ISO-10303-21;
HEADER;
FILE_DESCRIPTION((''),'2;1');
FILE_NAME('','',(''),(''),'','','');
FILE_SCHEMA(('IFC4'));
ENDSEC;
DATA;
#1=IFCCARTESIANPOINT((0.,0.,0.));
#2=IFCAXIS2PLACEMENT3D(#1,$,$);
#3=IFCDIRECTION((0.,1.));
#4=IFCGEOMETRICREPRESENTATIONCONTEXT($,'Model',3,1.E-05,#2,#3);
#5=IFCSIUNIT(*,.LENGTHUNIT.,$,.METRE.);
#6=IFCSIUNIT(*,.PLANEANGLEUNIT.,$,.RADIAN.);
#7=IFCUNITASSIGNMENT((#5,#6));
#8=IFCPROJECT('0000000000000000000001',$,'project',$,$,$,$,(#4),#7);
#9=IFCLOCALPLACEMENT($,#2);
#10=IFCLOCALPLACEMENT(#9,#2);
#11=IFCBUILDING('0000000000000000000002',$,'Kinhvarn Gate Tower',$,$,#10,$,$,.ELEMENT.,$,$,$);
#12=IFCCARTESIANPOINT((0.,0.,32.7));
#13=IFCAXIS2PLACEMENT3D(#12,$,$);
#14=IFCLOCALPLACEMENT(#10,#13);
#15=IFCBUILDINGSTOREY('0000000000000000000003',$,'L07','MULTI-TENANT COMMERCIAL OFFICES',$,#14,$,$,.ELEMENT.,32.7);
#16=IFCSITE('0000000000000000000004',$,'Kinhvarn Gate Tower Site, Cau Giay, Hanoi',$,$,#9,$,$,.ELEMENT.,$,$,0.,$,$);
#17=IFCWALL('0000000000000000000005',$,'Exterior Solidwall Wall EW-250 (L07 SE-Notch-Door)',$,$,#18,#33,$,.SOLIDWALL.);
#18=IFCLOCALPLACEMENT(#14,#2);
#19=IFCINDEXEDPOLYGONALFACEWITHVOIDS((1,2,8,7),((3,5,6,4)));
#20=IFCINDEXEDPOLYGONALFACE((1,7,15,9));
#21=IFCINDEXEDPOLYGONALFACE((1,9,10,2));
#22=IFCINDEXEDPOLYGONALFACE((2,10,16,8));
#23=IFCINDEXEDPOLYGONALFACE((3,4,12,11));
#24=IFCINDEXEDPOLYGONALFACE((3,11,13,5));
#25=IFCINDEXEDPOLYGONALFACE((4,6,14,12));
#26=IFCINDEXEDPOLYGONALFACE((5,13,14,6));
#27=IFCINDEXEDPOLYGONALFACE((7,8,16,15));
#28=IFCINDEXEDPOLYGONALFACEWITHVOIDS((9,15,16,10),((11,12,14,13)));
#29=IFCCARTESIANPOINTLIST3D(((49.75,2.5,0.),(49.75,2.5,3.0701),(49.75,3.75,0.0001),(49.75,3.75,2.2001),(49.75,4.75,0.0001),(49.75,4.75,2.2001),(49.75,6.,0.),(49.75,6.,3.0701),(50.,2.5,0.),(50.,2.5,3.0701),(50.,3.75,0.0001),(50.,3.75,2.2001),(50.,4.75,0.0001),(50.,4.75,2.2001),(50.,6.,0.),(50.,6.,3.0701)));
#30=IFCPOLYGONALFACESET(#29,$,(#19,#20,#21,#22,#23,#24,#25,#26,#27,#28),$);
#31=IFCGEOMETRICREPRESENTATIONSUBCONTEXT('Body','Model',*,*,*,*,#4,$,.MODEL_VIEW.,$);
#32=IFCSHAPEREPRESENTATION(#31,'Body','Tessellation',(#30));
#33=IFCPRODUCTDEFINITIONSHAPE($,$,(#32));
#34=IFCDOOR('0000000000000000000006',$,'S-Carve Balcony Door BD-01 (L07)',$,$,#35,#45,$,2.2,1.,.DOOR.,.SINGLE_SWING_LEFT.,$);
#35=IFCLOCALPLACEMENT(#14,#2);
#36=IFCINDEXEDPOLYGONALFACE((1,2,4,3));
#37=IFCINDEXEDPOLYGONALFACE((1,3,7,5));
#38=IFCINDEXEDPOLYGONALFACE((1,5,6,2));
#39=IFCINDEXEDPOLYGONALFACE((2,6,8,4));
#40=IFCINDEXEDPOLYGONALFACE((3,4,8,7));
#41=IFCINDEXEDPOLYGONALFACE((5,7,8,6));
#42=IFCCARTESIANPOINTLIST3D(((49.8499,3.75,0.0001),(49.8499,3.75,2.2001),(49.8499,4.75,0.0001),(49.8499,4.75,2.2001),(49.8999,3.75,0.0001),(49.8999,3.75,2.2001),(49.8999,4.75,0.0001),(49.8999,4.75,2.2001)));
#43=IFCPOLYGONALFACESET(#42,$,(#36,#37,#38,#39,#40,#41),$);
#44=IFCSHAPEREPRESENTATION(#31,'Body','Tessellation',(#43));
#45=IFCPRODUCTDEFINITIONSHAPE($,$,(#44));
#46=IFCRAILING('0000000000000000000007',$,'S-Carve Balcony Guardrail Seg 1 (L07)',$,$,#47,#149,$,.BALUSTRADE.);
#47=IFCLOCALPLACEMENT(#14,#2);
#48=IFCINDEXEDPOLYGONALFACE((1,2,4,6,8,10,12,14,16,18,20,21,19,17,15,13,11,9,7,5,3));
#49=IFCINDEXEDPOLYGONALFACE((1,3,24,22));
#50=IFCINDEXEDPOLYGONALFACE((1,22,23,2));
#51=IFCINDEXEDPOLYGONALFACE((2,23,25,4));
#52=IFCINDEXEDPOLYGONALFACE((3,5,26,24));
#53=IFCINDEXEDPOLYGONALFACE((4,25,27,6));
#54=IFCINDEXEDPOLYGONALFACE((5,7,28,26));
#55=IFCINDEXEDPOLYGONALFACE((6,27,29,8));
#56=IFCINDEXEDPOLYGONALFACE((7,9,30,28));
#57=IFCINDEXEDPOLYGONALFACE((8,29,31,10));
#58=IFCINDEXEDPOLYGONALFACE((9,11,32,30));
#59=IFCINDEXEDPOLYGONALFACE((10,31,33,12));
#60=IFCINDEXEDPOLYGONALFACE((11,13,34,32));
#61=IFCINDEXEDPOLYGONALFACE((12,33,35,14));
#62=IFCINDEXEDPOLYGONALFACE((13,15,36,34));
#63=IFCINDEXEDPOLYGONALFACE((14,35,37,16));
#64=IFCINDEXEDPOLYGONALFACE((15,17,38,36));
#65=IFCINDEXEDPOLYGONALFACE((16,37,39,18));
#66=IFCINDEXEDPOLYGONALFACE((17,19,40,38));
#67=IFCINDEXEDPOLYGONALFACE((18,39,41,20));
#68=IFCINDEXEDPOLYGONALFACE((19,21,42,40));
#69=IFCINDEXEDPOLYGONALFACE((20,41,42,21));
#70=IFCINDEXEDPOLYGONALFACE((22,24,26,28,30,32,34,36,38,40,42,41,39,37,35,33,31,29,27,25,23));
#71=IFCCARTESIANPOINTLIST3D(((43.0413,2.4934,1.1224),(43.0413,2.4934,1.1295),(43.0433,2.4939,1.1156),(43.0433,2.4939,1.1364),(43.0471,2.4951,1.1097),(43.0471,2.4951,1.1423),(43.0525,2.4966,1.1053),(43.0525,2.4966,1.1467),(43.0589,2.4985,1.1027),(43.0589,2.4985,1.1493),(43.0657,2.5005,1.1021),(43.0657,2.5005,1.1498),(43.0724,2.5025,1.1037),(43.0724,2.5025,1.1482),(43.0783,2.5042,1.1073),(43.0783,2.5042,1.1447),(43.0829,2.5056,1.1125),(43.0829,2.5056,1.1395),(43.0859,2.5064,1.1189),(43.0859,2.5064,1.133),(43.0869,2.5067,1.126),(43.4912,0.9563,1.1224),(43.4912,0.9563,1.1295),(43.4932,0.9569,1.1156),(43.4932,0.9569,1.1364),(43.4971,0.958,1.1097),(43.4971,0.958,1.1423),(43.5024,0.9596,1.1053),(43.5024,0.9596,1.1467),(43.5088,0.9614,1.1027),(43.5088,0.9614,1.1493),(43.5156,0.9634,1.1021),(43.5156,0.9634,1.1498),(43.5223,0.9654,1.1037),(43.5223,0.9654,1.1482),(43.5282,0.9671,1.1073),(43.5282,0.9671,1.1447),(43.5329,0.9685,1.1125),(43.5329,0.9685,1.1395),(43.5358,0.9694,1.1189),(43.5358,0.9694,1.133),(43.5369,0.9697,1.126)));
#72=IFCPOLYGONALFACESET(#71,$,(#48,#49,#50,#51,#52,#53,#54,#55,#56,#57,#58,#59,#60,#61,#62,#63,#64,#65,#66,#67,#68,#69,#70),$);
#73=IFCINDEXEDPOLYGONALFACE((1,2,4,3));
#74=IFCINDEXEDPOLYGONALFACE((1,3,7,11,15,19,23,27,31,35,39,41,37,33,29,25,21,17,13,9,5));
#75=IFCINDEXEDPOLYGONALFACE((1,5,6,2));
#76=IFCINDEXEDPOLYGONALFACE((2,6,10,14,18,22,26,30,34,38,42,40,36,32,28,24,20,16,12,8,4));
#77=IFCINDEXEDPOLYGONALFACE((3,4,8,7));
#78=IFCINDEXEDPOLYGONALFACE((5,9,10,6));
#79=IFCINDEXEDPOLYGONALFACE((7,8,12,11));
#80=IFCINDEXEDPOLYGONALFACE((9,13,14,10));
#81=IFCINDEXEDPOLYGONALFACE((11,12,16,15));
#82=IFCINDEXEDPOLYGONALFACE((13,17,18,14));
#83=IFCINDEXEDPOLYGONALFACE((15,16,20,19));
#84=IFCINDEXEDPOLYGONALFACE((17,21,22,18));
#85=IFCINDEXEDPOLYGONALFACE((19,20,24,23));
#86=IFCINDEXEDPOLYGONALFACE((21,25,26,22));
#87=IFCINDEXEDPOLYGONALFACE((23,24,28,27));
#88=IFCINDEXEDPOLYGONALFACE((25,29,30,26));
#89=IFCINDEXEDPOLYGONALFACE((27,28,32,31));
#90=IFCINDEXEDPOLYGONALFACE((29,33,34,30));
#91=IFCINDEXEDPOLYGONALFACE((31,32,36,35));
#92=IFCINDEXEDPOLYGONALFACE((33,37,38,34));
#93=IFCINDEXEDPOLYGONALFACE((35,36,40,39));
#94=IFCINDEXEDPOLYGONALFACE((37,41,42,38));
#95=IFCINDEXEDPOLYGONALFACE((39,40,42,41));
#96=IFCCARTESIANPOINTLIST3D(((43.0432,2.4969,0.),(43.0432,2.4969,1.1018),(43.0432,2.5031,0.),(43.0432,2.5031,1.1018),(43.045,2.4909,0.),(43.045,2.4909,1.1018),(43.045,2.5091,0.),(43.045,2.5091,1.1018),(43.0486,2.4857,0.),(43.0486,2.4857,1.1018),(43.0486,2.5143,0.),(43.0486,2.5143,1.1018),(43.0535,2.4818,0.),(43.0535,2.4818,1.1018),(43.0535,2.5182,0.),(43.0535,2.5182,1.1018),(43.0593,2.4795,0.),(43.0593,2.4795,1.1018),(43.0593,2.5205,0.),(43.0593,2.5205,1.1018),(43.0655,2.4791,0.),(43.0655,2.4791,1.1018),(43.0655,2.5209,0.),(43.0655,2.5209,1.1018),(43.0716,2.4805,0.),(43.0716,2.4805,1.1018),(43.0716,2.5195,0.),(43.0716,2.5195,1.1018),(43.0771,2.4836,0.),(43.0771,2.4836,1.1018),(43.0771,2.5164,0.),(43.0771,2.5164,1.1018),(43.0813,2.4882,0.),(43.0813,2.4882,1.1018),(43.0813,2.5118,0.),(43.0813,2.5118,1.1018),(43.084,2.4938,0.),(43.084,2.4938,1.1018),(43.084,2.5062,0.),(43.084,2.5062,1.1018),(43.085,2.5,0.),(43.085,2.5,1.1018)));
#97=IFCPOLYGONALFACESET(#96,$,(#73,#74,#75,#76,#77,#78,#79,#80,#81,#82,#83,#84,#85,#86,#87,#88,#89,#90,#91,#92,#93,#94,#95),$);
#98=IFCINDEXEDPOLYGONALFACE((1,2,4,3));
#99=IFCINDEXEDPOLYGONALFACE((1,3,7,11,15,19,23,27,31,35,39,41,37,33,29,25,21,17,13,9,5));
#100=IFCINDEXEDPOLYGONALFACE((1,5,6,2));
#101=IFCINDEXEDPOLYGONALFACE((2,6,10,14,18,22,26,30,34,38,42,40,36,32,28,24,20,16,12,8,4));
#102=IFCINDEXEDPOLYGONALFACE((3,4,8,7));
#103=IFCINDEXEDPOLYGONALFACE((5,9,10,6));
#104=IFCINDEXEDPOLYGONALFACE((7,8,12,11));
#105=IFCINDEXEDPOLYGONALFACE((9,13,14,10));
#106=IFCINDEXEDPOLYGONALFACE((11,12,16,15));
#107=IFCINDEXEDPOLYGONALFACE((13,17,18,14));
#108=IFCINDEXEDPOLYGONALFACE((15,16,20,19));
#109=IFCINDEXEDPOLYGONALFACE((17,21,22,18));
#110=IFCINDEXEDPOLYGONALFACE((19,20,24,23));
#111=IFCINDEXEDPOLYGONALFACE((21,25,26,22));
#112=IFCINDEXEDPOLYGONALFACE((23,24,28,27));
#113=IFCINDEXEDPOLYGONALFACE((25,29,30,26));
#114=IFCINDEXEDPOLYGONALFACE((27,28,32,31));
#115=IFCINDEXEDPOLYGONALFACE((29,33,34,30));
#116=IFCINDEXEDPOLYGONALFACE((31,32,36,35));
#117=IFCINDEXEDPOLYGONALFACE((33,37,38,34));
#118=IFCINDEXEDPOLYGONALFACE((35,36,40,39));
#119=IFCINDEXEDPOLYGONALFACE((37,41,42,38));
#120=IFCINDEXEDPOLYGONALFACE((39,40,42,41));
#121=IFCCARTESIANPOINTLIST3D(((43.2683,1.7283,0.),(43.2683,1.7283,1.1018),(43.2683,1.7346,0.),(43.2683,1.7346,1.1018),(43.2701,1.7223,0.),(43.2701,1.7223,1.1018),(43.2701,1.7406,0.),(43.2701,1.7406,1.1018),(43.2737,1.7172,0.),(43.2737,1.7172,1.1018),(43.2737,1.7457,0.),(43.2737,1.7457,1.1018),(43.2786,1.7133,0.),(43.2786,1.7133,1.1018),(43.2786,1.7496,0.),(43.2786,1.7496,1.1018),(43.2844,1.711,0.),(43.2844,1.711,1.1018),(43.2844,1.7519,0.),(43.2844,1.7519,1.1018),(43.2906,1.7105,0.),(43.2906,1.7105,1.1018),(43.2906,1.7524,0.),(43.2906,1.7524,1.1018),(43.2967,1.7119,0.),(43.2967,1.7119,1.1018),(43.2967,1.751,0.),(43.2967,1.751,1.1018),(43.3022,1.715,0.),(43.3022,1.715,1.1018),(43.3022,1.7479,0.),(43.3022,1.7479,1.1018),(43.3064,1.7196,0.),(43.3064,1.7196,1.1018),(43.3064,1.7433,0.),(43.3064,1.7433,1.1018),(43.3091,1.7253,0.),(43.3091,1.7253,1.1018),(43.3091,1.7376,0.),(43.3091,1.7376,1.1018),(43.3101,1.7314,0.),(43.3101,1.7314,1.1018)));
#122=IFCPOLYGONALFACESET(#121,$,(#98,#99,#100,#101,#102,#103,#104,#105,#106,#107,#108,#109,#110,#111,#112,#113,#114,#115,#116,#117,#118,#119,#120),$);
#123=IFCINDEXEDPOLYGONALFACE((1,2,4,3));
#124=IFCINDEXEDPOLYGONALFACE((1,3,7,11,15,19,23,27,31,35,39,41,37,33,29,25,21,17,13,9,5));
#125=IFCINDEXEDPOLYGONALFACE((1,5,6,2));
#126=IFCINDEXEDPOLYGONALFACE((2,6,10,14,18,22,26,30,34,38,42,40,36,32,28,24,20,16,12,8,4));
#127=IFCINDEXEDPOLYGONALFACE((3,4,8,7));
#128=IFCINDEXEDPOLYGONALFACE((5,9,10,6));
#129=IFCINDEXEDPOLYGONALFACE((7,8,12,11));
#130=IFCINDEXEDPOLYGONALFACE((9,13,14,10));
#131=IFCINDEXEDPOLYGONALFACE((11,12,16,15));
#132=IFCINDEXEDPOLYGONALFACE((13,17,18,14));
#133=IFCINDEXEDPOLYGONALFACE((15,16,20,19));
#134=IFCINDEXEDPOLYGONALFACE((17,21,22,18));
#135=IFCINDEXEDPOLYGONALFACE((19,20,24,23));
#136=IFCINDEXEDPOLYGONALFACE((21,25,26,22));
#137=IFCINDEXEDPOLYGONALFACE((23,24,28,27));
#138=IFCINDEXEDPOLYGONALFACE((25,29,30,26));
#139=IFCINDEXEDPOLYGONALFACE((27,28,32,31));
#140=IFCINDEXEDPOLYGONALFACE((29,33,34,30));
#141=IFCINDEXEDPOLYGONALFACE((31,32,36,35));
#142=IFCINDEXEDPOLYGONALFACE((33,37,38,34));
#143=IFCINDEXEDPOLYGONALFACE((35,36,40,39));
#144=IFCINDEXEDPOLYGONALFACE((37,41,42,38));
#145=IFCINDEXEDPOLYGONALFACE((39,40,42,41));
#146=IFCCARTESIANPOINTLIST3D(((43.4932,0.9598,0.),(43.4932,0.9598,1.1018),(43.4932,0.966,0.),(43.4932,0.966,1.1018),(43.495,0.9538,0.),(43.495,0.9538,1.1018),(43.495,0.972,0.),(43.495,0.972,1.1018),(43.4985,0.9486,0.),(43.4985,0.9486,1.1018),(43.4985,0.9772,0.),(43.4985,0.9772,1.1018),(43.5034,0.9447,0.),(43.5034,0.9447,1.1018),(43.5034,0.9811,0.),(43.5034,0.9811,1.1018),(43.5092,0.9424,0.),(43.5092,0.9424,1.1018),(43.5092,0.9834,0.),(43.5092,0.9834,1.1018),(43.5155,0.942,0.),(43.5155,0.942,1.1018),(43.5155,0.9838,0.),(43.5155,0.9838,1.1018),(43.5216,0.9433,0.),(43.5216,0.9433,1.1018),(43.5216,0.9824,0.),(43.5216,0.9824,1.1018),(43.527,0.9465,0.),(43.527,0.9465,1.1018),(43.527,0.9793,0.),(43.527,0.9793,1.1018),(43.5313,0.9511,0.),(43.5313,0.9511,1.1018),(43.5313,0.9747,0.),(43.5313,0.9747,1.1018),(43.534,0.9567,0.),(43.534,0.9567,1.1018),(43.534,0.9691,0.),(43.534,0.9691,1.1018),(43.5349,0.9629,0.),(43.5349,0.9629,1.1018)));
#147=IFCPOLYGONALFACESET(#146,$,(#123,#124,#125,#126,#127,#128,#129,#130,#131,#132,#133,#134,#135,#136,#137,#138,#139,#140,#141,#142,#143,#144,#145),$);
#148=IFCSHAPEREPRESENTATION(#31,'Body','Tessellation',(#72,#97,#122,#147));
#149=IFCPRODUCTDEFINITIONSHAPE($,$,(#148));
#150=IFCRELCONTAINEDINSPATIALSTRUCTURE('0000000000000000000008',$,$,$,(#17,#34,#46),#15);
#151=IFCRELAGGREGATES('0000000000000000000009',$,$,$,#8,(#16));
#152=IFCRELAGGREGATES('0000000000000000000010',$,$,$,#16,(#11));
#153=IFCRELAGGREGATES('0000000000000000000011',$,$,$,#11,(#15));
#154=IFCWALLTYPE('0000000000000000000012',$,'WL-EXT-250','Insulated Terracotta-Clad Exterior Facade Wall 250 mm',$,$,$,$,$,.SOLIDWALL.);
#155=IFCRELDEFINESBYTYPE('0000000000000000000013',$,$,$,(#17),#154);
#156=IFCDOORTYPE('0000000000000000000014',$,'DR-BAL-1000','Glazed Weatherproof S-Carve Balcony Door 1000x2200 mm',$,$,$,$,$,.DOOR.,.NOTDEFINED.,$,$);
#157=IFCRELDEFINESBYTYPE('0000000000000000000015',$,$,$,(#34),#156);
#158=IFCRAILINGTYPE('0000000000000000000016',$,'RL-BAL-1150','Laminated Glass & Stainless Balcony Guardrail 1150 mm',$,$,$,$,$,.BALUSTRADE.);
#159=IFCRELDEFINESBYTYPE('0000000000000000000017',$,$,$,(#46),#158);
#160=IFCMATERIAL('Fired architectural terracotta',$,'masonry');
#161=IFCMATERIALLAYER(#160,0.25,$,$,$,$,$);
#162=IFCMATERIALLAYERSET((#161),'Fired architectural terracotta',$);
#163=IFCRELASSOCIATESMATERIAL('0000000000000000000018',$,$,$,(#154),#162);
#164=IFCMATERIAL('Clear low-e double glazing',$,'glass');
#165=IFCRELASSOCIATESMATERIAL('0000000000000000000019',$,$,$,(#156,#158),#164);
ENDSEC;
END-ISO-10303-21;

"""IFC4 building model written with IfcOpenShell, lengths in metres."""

from ifc_helpers import new_model, si_unit, direction, frame, frame_2d, origin, origin_2d, place, context, subcontext, project, spatial, rectangle, circle, extrude, material, layer, layer_set, type_object, element, fill, save


model = new_model("IFC4")

# Units and contexts
model_context = context("Model", 3, precision=1e-05, world=origin(), true_north=direction((0.0, 1.0)))
body_context = subcontext(model_context, "Body", "Model", "MODEL_VIEW")
ifc_project = project(units=[si_unit("LENGTHUNIT", "METRE"), si_unit("PLANEANGLEUNIT", "RADIAN")], contexts=[model_context])

# Site, building, storey
site_placement = place(None, origin())
site = spatial("IfcSite", under=ifc_project, at=site_placement, Name="Kinhvarn Gate Tower Site, Cau Giay, Hanoi", CompositionType="ELEMENT", RefElevation=0.0)
building_placement = place(site_placement, origin())
building = spatial("IfcBuilding", under=site, at=building_placement, Name="Kinhvarn Gate Tower", CompositionType="ELEMENT")
storey_placement = place(building_placement, frame((0.0, 0.0, 32.7)))
storey = spatial("IfcBuildingStorey", under=building, at=storey_placement, Name="L07", Description="MULTI-TENANT COMMERCIAL OFFICES", CompositionType="ELEMENT", Elevation=32.7)

# Shared definitions
ifc_material_1 = material(Name="Clear low-e double glazing", Category="glass")

# Wall, opening, door
ifc_material_2 = material(Name="Fired architectural terracotta", Category="masonry")
ifc_layer_1 = layer(ifc_material_2, 0.25)
ifc_layer_set_1 = layer_set([ifc_layer_1], Name="Fired architectural terracotta")
wall_type = type_object("IfcWallType", Name="WL-EXT-250", Description="Insulated Terracotta-Clad Exterior Facade Wall 250 mm", PredefinedType="SOLIDWALL", material=ifc_layer_set_1)
wall_placement = place(storey_placement, frame((49.875, 2.5, 0.0), z_axis=(0.0, 0.0, 1.0), x_axis=(0.0, 1.0, 0.0)))
wall = element("IfcWall", 1, at=wall_placement, inside=storey, type_object=wall_type, Name="Exterior Solidwall Wall EW-250 (L07 SE-Notch-Door)", PredefinedType="SOLIDWALL", context=body_context, shape_type="SweptSolid", body=[
    extrude(rectangle(XDim=3.5, YDim=0.25, at=frame_2d((1.75, 0.0))), origin(), (0.0, 0.0, 1.0), 3.0701),
])
opening_placement = place(wall_placement, frame((1.25, 0.0, 0.0)))
opening = element("IfcOpeningElement", 2, at=opening_placement, cuts=wall, PredefinedType="OPENING", context=body_context, shape_type="SweptSolid", body=[
    extrude(rectangle(XDim=1.0, YDim=2.2, at=frame_2d((0.5, 1.1001))), frame((0.0, 0.135, 0.0), z_axis=(0.0, -1.0, 0.0), x_axis=(1.0, 0.0, 0.0)), (0.0, 0.0, 1.0), 0.27),
])
door_type = type_object("IfcDoorType", Name="DR-BAL-1000", Description="Glazed Weatherproof S-Carve Balcony Door 1000x2200 mm", OperationType="NOTDEFINED", PredefinedType="DOOR", material=ifc_material_1)
door_placement = place(opening_placement, frame((1.0, 0.0, 0.0), z_axis=(0.0, 0.0, 1.0), x_axis=(-1.0, 0.0, 0.0)))
door = element("IfcDoor", 3, at=door_placement, inside=storey, type_object=door_type, Name="S-Carve Balcony Door BD-01 (L07)", OperationType="SINGLE_SWING_LEFT", OverallHeight=2.2, OverallWidth=1.0, PredefinedType="DOOR", context=body_context, shape_type="SweptSolid", body=[
    extrude(rectangle(XDim=1.0, YDim=2.2, at=frame_2d((0.5, 1.1001))), frame((0.0, 0.0249, 0.0), z_axis=(0.0, -1.0, 0.0), x_axis=(1.0, 0.0, 0.0)), (0.0, 0.0, 1.0), 0.05),
])
fill(opening, door)

# Railing
railing_type = type_object("IfcRailingType", Name="RL-BAL-1150", Description="Laminated Glass & Stainless Balcony Guardrail 1150 mm", PredefinedType="BALUSTRADE", material=ifc_material_1)
railing_1_placement = place(storey_placement, frame((43.064, 2.5, 0.0)))
element("IfcRailing", 4, at=railing_1_placement, inside=storey, type_object=railing_type, Name="S-Carve Balcony Guardrail Seg 1 (L07)", PredefinedType="BALUSTRADE", context=body_context, shape_type="SweptSolid", body=[
    extrude(circle(Radius=0.0239, at=origin_2d()), frame((0.0, 0.0, 1.126), z_axis=(0.280936, -0.959726, 0.0), x_axis=(0.959726, 0.280936, 0.0)), (0.0, 0.0, 1.0), 1.6016),
    extrude(circle(Radius=0.021, at=origin_2d()), origin(), (0.0, 0.0, 1.0), 1.1018),
    extrude(circle(Radius=0.021, at=origin_2d()), frame((0.2251, -0.7686, 0.0)), (0.0, 0.0, 1.0), 1.1018),
    extrude(circle(Radius=0.021, at=origin_2d()), frame((0.45, -1.5371, 0.0)), (0.0, 0.0, 1.0), 1.1018),
])

save(model, "model.ifc")
